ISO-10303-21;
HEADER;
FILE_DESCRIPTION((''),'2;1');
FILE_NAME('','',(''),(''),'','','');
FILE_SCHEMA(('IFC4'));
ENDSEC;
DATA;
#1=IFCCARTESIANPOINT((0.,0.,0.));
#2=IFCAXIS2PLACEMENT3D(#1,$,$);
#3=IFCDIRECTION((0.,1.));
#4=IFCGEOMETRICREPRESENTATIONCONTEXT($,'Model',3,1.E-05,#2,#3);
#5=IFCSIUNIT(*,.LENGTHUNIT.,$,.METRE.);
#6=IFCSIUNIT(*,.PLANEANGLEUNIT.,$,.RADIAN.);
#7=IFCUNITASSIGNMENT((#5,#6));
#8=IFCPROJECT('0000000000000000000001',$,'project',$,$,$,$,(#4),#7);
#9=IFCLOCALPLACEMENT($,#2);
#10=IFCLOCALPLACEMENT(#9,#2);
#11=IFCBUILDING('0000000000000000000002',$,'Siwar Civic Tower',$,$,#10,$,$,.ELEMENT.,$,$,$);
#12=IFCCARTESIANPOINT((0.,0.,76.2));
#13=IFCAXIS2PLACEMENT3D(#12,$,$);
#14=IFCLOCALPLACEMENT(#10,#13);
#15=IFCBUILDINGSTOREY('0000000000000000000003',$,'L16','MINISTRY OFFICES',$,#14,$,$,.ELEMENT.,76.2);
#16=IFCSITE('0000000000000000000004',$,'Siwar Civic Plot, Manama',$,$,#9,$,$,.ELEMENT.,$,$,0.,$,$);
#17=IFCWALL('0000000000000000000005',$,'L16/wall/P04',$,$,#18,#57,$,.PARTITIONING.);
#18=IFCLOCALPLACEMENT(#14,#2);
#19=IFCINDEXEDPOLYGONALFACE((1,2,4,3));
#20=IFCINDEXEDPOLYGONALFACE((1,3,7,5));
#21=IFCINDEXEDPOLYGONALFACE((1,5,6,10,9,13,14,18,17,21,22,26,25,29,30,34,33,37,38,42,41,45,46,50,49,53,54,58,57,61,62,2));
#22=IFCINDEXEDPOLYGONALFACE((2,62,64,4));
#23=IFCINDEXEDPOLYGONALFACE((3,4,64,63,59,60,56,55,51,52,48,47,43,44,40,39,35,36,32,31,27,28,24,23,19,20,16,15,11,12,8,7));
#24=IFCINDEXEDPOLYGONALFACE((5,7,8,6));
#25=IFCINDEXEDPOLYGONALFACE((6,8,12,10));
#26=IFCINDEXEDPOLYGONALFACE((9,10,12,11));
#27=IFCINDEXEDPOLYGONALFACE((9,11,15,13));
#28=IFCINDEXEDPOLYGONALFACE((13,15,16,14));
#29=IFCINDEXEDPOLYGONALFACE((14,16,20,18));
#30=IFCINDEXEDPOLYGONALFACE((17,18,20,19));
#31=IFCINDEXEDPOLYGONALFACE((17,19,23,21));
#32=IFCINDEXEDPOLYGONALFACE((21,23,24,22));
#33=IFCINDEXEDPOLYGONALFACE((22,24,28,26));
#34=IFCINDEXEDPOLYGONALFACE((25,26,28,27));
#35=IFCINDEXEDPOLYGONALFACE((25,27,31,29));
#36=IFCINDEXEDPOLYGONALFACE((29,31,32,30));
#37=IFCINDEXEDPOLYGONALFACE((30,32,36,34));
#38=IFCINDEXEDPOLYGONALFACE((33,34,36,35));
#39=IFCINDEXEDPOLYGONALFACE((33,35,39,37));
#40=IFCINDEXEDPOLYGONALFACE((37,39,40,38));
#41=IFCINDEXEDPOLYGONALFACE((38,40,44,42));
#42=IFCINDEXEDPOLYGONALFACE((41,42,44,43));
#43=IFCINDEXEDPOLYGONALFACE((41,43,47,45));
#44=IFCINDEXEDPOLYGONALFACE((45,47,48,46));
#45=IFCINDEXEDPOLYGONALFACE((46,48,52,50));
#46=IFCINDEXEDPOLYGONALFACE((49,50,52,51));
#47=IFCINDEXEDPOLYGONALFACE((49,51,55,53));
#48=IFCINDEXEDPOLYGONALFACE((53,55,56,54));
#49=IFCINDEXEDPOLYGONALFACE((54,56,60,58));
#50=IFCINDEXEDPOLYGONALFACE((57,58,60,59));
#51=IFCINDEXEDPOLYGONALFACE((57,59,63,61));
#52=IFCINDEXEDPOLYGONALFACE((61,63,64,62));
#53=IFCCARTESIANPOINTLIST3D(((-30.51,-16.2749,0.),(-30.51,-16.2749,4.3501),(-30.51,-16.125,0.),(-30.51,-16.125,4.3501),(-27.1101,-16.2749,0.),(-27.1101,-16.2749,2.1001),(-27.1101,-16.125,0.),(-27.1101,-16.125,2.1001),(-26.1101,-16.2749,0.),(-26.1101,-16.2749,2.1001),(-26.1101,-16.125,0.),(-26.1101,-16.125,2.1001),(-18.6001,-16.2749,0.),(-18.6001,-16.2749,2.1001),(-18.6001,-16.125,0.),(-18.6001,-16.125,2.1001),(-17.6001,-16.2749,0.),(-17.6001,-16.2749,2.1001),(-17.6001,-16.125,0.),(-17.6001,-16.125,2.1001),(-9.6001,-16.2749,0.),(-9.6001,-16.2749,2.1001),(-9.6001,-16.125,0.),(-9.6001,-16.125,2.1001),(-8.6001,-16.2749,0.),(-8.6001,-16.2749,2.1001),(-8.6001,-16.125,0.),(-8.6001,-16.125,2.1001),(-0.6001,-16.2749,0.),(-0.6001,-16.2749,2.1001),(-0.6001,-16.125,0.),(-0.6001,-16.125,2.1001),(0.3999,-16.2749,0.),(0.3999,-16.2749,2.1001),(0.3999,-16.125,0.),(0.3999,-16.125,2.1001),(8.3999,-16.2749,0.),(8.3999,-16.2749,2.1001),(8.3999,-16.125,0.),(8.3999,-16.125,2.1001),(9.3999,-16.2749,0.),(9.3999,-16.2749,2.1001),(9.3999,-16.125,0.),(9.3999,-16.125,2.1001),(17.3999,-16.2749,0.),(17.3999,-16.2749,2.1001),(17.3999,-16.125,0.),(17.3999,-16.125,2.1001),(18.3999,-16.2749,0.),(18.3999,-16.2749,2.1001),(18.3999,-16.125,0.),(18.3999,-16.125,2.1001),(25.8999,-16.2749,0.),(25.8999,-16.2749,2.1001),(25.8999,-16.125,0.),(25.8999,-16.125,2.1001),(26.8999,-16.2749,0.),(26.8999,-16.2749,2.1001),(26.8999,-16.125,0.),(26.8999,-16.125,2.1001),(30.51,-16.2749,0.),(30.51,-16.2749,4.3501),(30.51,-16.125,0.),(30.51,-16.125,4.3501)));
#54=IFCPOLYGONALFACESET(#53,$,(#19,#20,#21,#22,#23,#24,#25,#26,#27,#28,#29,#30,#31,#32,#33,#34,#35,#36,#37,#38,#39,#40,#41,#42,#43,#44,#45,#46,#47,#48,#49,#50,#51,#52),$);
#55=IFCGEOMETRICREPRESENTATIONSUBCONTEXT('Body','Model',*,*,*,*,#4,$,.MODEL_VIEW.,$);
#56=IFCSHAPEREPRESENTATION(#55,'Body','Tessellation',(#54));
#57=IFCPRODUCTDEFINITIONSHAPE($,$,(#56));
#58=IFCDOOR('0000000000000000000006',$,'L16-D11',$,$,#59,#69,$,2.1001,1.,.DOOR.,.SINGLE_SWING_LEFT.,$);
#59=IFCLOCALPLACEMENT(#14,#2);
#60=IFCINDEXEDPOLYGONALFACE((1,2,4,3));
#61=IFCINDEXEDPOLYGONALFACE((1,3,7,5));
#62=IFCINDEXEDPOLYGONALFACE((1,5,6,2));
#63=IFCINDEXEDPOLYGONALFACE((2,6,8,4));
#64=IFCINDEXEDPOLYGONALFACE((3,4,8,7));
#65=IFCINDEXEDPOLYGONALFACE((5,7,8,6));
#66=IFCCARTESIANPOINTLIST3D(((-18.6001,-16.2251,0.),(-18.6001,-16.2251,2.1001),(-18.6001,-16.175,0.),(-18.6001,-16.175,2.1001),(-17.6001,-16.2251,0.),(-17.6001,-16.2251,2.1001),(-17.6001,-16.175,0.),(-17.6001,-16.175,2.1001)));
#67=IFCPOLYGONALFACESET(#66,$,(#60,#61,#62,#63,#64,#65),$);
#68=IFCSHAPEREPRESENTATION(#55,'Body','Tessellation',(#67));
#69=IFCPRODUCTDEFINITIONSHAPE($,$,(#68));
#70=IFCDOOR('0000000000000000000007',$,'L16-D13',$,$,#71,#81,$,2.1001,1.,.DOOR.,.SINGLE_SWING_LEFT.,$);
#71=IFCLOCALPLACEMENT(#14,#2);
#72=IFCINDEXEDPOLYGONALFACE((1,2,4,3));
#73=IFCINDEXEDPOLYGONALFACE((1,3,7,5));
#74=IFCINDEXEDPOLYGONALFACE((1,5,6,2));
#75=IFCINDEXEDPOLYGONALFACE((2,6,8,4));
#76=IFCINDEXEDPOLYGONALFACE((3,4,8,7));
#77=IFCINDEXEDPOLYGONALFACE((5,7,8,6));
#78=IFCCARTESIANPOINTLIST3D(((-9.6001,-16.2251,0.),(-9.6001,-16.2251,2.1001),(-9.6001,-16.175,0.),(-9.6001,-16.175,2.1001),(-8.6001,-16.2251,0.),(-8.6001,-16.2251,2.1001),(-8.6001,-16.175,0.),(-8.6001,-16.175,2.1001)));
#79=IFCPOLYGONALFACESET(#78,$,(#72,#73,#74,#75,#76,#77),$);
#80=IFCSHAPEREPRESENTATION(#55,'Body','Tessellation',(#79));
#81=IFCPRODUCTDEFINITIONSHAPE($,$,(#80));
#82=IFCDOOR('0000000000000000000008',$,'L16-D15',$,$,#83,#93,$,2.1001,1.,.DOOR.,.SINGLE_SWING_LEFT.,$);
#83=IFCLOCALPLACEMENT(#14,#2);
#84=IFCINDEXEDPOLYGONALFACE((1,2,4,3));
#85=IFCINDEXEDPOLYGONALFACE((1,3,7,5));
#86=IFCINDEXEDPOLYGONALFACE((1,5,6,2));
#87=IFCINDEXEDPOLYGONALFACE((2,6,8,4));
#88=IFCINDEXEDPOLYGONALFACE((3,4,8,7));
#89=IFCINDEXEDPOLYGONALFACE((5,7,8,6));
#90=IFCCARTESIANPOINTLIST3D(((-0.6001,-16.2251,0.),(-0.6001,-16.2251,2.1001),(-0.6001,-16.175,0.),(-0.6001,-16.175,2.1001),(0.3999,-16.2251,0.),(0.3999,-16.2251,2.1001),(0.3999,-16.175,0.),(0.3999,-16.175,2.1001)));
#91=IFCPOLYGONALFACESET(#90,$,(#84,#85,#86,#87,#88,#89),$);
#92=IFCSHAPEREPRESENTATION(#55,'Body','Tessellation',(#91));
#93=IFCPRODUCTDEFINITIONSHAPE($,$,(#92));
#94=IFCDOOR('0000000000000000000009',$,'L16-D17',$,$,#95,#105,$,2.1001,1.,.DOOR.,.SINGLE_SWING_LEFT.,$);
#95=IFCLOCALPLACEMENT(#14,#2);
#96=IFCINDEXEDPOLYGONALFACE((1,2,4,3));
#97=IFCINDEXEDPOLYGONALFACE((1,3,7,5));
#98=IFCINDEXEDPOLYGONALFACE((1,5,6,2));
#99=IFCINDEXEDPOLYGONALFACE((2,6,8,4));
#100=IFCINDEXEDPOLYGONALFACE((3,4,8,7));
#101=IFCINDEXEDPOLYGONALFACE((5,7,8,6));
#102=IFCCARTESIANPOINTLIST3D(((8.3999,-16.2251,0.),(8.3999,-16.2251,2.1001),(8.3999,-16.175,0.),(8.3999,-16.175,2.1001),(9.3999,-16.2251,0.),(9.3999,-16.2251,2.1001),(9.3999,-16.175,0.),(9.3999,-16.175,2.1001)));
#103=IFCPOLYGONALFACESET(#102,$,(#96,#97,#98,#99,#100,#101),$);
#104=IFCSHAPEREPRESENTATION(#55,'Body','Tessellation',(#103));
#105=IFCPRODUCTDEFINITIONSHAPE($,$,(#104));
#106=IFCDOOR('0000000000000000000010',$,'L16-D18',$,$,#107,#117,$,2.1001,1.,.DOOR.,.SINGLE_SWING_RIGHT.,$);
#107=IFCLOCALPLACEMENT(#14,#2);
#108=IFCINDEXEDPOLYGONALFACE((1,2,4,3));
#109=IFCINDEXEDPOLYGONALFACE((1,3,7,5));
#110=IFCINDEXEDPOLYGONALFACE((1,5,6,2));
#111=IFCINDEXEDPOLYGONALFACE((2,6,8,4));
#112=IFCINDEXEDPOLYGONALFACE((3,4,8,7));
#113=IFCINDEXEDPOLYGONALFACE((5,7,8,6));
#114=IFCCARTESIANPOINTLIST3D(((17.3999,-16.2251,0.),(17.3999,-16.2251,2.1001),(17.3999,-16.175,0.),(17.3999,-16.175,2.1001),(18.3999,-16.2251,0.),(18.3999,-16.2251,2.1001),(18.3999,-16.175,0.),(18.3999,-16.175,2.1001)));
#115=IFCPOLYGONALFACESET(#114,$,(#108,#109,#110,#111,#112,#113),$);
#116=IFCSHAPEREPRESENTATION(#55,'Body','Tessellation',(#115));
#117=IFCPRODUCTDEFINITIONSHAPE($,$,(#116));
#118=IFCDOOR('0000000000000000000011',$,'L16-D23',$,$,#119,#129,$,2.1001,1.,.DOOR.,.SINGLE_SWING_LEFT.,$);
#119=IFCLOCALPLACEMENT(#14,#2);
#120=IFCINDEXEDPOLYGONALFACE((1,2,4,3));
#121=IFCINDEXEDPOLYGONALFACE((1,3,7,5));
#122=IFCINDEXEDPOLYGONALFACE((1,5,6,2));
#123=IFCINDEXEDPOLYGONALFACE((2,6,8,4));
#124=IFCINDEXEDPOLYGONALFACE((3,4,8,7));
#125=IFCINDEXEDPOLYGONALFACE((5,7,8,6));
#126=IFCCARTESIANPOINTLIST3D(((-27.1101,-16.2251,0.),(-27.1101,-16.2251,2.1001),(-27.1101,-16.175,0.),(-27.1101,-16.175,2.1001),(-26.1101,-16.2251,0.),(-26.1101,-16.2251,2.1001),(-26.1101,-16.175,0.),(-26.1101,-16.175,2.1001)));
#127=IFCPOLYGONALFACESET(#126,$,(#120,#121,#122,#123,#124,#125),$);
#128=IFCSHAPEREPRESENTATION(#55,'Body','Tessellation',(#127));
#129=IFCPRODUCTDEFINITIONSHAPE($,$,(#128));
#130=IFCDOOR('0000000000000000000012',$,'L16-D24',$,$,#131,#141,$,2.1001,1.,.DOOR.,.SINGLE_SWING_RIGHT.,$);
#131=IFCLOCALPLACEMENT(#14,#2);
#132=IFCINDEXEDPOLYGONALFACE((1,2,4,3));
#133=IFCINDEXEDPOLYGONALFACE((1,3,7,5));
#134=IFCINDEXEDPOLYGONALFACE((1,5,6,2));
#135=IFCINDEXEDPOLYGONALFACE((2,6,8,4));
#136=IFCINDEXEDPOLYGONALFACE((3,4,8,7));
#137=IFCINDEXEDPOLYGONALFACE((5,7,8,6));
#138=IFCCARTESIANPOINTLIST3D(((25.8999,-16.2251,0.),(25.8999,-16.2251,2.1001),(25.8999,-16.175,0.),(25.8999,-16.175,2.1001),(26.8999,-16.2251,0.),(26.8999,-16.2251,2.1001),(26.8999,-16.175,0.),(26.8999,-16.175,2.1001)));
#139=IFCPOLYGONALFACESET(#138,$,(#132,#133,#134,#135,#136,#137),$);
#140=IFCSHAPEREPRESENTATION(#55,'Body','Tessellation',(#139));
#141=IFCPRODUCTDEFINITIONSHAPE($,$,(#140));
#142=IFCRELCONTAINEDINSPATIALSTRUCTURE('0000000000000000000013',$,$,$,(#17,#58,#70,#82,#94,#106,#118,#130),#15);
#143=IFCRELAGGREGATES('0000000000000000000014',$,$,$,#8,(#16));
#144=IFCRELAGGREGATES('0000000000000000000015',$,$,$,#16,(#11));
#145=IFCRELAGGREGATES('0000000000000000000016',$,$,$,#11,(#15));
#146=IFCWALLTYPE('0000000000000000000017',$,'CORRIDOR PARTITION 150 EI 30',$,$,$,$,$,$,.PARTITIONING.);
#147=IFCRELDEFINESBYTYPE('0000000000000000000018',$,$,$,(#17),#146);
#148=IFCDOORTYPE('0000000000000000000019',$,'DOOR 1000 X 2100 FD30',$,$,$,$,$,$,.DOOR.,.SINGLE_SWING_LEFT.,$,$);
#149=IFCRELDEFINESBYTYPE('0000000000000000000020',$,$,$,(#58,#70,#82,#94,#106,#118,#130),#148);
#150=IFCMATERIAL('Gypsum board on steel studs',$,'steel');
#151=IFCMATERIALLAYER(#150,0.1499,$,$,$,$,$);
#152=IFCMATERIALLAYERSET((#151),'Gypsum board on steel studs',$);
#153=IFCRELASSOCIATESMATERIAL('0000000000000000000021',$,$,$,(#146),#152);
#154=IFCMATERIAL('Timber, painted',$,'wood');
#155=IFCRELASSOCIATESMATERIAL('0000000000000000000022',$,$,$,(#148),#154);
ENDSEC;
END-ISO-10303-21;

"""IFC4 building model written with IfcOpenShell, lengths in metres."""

from ifc_helpers import new_model, si_unit, direction, frame, frame_2d, origin, place, context, subcontext, project, spatial, rectangle, extrude, material, layer, layer_set, type_object, element, fill, save


model = new_model("IFC4")

# Units and contexts
model_context = context("Model", 3, precision=1e-05, world=origin(), true_north=direction((0.0, 1.0)))
body_context = subcontext(model_context, "Body", "Model", "MODEL_VIEW")
ifc_project = project(units=[si_unit("LENGTHUNIT", "METRE"), si_unit("PLANEANGLEUNIT", "RADIAN")], contexts=[model_context])

# Site, building, storey
site_placement = place(None, origin())
site = spatial("IfcSite", under=ifc_project, at=site_placement, Name="Siwar Civic Plot, Manama", CompositionType="ELEMENT", RefElevation=0.0)
building_placement = place(site_placement, origin())
building = spatial("IfcBuilding", under=site, at=building_placement, Name="Siwar Civic Tower", CompositionType="ELEMENT")
storey_placement = place(building_placement, frame((0.0, 0.0, 76.2)))
storey = spatial("IfcBuildingStorey", under=building, at=storey_placement, Name="L16", Description="MINISTRY OFFICES", CompositionType="ELEMENT", Elevation=76.2)

# Wall, openings, doors
ifc_material_1 = material(Name="Gypsum board on steel studs", Category="steel")
ifc_layer_1 = layer(ifc_material_1, 0.1499)
ifc_layer_set_1 = layer_set([ifc_layer_1], Name="Gypsum board on steel studs")
wall_type_1 = type_object("IfcWallType", Name="CORRIDOR PARTITION 150 EI 30", PredefinedType="PARTITIONING", material=ifc_layer_set_1)
wall_1_placement = place(storey_placement, frame((-30.51, -16.2, 0.0), z_axis=(0.0, 0.0, 1.0), x_axis=(1.0, 0.0, 0.0)))
wall_1 = element("IfcWall", 1, at=wall_1_placement, inside=storey, type_object=wall_type_1, Name="L16/wall/P04", PredefinedType="PARTITIONING", context=body_context, shape_type="SweptSolid", body=[
    extrude(rectangle(XDim=61.02, YDim=0.1499, at=frame_2d((30.51, 0.0))), origin(), (0.0, 0.0, 1.0), 4.3501),
])
opening_1_placement = place(wall_1_placement, frame((11.9099, 0.0, 0.0)))
opening_1 = element("IfcOpeningElement", 2, at=opening_1_placement, cuts=wall_1, PredefinedType="OPENING", context=body_context, shape_type="SweptSolid", body=[
    extrude(rectangle(XDim=1.0, YDim=2.1001, at=frame_2d((0.5, 1.05))), frame((0.0, 0.085, 0.0), z_axis=(0.0, -1.0, 0.0), x_axis=(1.0, 0.0, 0.0)), (0.0, 0.0, 1.0), 0.1699),
])
opening_2_placement = place(wall_1_placement, frame((20.9099, 0.0, 0.0)))
opening_2 = element("IfcOpeningElement", 3, at=opening_2_placement, cuts=wall_1, PredefinedType="OPENING", context=body_context, shape_type="SweptSolid", body=[
    extrude(rectangle(XDim=1.0, YDim=2.1001, at=frame_2d((0.5, 1.05))), frame((0.0, 0.085, 0.0), z_axis=(0.0, -1.0, 0.0), x_axis=(1.0, 0.0, 0.0)), (0.0, 0.0, 1.0), 0.1699),
])
opening_3_placement = place(wall_1_placement, frame((29.9099, 0.0, 0.0)))
opening_3 = element("IfcOpeningElement", 4, at=opening_3_placement, cuts=wall_1, PredefinedType="OPENING", context=body_context, shape_type="SweptSolid", body=[
    extrude(rectangle(XDim=1.0, YDim=2.1001, at=frame_2d((0.5, 1.05))), frame((0.0, 0.085, 0.0), z_axis=(0.0, -1.0, 0.0), x_axis=(1.0, 0.0, 0.0)), (0.0, 0.0, 1.0), 0.1699),
])
opening_4_placement = place(wall_1_placement, frame((38.9099, 0.0, 0.0)))
opening_4 = element("IfcOpeningElement", 5, at=opening_4_placement, cuts=wall_1, PredefinedType="OPENING", context=body_context, shape_type="SweptSolid", body=[
    extrude(rectangle(XDim=1.0, YDim=2.1001, at=frame_2d((0.5, 1.05))), frame((0.0, 0.085, 0.0), z_axis=(0.0, -1.0, 0.0), x_axis=(1.0, 0.0, 0.0)), (0.0, 0.0, 1.0), 0.1699),
])
opening_5_placement = place(wall_1_placement, frame((47.9099, 0.0, 0.0)))
opening_5 = element("IfcOpeningElement", 6, at=opening_5_placement, cuts=wall_1, PredefinedType="OPENING", context=body_context, shape_type="SweptSolid", body=[
    extrude(rectangle(XDim=1.0, YDim=2.1001, at=frame_2d((0.5, 1.05))), frame((0.0, 0.085, 0.0), z_axis=(0.0, -1.0, 0.0), x_axis=(1.0, 0.0, 0.0)), (0.0, 0.0, 1.0), 0.1699),
])
opening_6_placement = place(wall_1_placement, frame((3.3999, 0.0, 0.0)))
opening_6 = element("IfcOpeningElement", 7, at=opening_6_placement, cuts=wall_1, PredefinedType="OPENING", context=body_context, shape_type="SweptSolid", body=[
    extrude(rectangle(XDim=1.0, YDim=2.1001, at=frame_2d((0.5, 1.05))), frame((0.0, 0.085, 0.0), z_axis=(0.0, -1.0, 0.0), x_axis=(1.0, 0.0, 0.0)), (0.0, 0.0, 1.0), 0.1699),
])
opening_7_placement = place(wall_1_placement, frame((56.4099, 0.0, 0.0)))
opening_7 = element("IfcOpeningElement", 8, at=opening_7_placement, cuts=wall_1, PredefinedType="OPENING", context=body_context, shape_type="SweptSolid", body=[
    extrude(rectangle(XDim=1.0, YDim=2.1001, at=frame_2d((0.5, 1.05))), frame((0.0, 0.085, 0.0), z_axis=(0.0, -1.0, 0.0), x_axis=(1.0, 0.0, 0.0)), (0.0, 0.0, 1.0), 0.1699),
])
ifc_material_2 = material(Name="Timber, painted", Category="wood")
door_type_1 = type_object("IfcDoorType", Name="DOOR 1000 X 2100 FD30", OperationType="SINGLE_SWING_LEFT", PredefinedType="DOOR", material=ifc_material_2)
door_1_placement = place(opening_1_placement, origin())
door_1 = element("IfcDoor", 9, at=door_1_placement, inside=storey, type_object=door_type_1, Name="L16-D11", OperationType="SINGLE_SWING_LEFT", OverallHeight=2.1001, OverallWidth=1.0, PredefinedType="DOOR", context=body_context, shape_type="SweptSolid", body=[
    extrude(rectangle(XDim=1.0, YDim=2.1001, at=frame_2d((0.5, 1.05))), frame((0.0, 0.0249, 0.0), z_axis=(0.0, -1.0, 0.0), x_axis=(1.0, 0.0, 0.0)), (0.0, 0.0, 1.0), 0.05),
])
fill(opening_1, door_1)
door_2_placement = place(opening_2_placement, origin())
door_2 = element("IfcDoor", 10, at=door_2_placement, inside=storey, type_object=door_type_1, Name="L16-D13", OperationType="SINGLE_SWING_LEFT", OverallHeight=2.1001, OverallWidth=1.0, PredefinedType="DOOR", context=body_context, shape_type="SweptSolid", body=[
    extrude(rectangle(XDim=1.0, YDim=2.1001, at=frame_2d((0.5, 1.05))), frame((0.0, 0.0249, 0.0), z_axis=(0.0, -1.0, 0.0), x_axis=(1.0, 0.0, 0.0)), (0.0, 0.0, 1.0), 0.05),
])
fill(opening_2, door_2)
door_3_placement = place(opening_3_placement, origin())
door_3 = element("IfcDoor", 11, at=door_3_placement, inside=storey, type_object=door_type_1, Name="L16-D15", OperationType="SINGLE_SWING_LEFT", OverallHeight=2.1001, OverallWidth=1.0, PredefinedType="DOOR", context=body_context, shape_type="SweptSolid", body=[
    extrude(rectangle(XDim=1.0, YDim=2.1001, at=frame_2d((0.5, 1.05))), frame((0.0, 0.0249, 0.0), z_axis=(0.0, -1.0, 0.0), x_axis=(1.0, 0.0, 0.0)), (0.0, 0.0, 1.0), 0.05),
])
fill(opening_3, door_3)
door_4_placement = place(opening_4_placement, origin())
door_4 = element("IfcDoor", 12, at=door_4_placement, inside=storey, type_object=door_type_1, Name="L16-D17", OperationType="SINGLE_SWING_LEFT", OverallHeight=2.1001, OverallWidth=1.0, PredefinedType="DOOR", context=body_context, shape_type="SweptSolid", body=[
    extrude(rectangle(XDim=1.0, YDim=2.1001, at=frame_2d((0.5, 1.05))), frame((0.0, 0.0249, 0.0), z_axis=(0.0, -1.0, 0.0), x_axis=(1.0, 0.0, 0.0)), (0.0, 0.0, 1.0), 0.05),
])
fill(opening_4, door_4)
door_5_placement = place(opening_5_placement, origin())
door_5 = element("IfcDoor", 13, at=door_5_placement, inside=storey, type_object=door_type_1, Name="L16-D18", OperationType="SINGLE_SWING_RIGHT", OverallHeight=2.1001, OverallWidth=1.0, PredefinedType="DOOR", context=body_context, shape_type="SweptSolid", body=[
    extrude(rectangle(XDim=1.0, YDim=2.1001, at=frame_2d((0.5, 1.05))), frame((0.0, 0.0249, 0.0), z_axis=(0.0, -1.0, 0.0), x_axis=(1.0, 0.0, 0.0)), (0.0, 0.0, 1.0), 0.05),
])
fill(opening_5, door_5)
door_6_placement = place(opening_6_placement, origin())
door_6 = element("IfcDoor", 14, at=door_6_placement, inside=storey, type_object=door_type_1, Name="L16-D23", OperationType="SINGLE_SWING_LEFT", OverallHeight=2.1001, OverallWidth=1.0, PredefinedType="DOOR", context=body_context, shape_type="SweptSolid", body=[
    extrude(rectangle(XDim=1.0, YDim=2.1001, at=frame_2d((0.5, 1.05))), frame((0.0, 0.0249, 0.0), z_axis=(0.0, -1.0, 0.0), x_axis=(1.0, 0.0, 0.0)), (0.0, 0.0, 1.0), 0.05),
])
fill(opening_6, door_6)
door_7_placement = place(opening_7_placement, origin())
door_7 = element("IfcDoor", 15, at=door_7_placement, inside=storey, type_object=door_type_1, Name="L16-D24", OperationType="SINGLE_SWING_RIGHT", OverallHeight=2.1001, OverallWidth=1.0, PredefinedType="DOOR", context=body_context, shape_type="SweptSolid", body=[
    extrude(rectangle(XDim=1.0, YDim=2.1001, at=frame_2d((0.5, 1.05))), frame((0.0, 0.0249, 0.0), z_axis=(0.0, -1.0, 0.0), x_axis=(1.0, 0.0, 0.0)), (0.0, 0.0, 1.0), 0.05),
])
fill(opening_7, door_7)

save(model, "model.ifc")
